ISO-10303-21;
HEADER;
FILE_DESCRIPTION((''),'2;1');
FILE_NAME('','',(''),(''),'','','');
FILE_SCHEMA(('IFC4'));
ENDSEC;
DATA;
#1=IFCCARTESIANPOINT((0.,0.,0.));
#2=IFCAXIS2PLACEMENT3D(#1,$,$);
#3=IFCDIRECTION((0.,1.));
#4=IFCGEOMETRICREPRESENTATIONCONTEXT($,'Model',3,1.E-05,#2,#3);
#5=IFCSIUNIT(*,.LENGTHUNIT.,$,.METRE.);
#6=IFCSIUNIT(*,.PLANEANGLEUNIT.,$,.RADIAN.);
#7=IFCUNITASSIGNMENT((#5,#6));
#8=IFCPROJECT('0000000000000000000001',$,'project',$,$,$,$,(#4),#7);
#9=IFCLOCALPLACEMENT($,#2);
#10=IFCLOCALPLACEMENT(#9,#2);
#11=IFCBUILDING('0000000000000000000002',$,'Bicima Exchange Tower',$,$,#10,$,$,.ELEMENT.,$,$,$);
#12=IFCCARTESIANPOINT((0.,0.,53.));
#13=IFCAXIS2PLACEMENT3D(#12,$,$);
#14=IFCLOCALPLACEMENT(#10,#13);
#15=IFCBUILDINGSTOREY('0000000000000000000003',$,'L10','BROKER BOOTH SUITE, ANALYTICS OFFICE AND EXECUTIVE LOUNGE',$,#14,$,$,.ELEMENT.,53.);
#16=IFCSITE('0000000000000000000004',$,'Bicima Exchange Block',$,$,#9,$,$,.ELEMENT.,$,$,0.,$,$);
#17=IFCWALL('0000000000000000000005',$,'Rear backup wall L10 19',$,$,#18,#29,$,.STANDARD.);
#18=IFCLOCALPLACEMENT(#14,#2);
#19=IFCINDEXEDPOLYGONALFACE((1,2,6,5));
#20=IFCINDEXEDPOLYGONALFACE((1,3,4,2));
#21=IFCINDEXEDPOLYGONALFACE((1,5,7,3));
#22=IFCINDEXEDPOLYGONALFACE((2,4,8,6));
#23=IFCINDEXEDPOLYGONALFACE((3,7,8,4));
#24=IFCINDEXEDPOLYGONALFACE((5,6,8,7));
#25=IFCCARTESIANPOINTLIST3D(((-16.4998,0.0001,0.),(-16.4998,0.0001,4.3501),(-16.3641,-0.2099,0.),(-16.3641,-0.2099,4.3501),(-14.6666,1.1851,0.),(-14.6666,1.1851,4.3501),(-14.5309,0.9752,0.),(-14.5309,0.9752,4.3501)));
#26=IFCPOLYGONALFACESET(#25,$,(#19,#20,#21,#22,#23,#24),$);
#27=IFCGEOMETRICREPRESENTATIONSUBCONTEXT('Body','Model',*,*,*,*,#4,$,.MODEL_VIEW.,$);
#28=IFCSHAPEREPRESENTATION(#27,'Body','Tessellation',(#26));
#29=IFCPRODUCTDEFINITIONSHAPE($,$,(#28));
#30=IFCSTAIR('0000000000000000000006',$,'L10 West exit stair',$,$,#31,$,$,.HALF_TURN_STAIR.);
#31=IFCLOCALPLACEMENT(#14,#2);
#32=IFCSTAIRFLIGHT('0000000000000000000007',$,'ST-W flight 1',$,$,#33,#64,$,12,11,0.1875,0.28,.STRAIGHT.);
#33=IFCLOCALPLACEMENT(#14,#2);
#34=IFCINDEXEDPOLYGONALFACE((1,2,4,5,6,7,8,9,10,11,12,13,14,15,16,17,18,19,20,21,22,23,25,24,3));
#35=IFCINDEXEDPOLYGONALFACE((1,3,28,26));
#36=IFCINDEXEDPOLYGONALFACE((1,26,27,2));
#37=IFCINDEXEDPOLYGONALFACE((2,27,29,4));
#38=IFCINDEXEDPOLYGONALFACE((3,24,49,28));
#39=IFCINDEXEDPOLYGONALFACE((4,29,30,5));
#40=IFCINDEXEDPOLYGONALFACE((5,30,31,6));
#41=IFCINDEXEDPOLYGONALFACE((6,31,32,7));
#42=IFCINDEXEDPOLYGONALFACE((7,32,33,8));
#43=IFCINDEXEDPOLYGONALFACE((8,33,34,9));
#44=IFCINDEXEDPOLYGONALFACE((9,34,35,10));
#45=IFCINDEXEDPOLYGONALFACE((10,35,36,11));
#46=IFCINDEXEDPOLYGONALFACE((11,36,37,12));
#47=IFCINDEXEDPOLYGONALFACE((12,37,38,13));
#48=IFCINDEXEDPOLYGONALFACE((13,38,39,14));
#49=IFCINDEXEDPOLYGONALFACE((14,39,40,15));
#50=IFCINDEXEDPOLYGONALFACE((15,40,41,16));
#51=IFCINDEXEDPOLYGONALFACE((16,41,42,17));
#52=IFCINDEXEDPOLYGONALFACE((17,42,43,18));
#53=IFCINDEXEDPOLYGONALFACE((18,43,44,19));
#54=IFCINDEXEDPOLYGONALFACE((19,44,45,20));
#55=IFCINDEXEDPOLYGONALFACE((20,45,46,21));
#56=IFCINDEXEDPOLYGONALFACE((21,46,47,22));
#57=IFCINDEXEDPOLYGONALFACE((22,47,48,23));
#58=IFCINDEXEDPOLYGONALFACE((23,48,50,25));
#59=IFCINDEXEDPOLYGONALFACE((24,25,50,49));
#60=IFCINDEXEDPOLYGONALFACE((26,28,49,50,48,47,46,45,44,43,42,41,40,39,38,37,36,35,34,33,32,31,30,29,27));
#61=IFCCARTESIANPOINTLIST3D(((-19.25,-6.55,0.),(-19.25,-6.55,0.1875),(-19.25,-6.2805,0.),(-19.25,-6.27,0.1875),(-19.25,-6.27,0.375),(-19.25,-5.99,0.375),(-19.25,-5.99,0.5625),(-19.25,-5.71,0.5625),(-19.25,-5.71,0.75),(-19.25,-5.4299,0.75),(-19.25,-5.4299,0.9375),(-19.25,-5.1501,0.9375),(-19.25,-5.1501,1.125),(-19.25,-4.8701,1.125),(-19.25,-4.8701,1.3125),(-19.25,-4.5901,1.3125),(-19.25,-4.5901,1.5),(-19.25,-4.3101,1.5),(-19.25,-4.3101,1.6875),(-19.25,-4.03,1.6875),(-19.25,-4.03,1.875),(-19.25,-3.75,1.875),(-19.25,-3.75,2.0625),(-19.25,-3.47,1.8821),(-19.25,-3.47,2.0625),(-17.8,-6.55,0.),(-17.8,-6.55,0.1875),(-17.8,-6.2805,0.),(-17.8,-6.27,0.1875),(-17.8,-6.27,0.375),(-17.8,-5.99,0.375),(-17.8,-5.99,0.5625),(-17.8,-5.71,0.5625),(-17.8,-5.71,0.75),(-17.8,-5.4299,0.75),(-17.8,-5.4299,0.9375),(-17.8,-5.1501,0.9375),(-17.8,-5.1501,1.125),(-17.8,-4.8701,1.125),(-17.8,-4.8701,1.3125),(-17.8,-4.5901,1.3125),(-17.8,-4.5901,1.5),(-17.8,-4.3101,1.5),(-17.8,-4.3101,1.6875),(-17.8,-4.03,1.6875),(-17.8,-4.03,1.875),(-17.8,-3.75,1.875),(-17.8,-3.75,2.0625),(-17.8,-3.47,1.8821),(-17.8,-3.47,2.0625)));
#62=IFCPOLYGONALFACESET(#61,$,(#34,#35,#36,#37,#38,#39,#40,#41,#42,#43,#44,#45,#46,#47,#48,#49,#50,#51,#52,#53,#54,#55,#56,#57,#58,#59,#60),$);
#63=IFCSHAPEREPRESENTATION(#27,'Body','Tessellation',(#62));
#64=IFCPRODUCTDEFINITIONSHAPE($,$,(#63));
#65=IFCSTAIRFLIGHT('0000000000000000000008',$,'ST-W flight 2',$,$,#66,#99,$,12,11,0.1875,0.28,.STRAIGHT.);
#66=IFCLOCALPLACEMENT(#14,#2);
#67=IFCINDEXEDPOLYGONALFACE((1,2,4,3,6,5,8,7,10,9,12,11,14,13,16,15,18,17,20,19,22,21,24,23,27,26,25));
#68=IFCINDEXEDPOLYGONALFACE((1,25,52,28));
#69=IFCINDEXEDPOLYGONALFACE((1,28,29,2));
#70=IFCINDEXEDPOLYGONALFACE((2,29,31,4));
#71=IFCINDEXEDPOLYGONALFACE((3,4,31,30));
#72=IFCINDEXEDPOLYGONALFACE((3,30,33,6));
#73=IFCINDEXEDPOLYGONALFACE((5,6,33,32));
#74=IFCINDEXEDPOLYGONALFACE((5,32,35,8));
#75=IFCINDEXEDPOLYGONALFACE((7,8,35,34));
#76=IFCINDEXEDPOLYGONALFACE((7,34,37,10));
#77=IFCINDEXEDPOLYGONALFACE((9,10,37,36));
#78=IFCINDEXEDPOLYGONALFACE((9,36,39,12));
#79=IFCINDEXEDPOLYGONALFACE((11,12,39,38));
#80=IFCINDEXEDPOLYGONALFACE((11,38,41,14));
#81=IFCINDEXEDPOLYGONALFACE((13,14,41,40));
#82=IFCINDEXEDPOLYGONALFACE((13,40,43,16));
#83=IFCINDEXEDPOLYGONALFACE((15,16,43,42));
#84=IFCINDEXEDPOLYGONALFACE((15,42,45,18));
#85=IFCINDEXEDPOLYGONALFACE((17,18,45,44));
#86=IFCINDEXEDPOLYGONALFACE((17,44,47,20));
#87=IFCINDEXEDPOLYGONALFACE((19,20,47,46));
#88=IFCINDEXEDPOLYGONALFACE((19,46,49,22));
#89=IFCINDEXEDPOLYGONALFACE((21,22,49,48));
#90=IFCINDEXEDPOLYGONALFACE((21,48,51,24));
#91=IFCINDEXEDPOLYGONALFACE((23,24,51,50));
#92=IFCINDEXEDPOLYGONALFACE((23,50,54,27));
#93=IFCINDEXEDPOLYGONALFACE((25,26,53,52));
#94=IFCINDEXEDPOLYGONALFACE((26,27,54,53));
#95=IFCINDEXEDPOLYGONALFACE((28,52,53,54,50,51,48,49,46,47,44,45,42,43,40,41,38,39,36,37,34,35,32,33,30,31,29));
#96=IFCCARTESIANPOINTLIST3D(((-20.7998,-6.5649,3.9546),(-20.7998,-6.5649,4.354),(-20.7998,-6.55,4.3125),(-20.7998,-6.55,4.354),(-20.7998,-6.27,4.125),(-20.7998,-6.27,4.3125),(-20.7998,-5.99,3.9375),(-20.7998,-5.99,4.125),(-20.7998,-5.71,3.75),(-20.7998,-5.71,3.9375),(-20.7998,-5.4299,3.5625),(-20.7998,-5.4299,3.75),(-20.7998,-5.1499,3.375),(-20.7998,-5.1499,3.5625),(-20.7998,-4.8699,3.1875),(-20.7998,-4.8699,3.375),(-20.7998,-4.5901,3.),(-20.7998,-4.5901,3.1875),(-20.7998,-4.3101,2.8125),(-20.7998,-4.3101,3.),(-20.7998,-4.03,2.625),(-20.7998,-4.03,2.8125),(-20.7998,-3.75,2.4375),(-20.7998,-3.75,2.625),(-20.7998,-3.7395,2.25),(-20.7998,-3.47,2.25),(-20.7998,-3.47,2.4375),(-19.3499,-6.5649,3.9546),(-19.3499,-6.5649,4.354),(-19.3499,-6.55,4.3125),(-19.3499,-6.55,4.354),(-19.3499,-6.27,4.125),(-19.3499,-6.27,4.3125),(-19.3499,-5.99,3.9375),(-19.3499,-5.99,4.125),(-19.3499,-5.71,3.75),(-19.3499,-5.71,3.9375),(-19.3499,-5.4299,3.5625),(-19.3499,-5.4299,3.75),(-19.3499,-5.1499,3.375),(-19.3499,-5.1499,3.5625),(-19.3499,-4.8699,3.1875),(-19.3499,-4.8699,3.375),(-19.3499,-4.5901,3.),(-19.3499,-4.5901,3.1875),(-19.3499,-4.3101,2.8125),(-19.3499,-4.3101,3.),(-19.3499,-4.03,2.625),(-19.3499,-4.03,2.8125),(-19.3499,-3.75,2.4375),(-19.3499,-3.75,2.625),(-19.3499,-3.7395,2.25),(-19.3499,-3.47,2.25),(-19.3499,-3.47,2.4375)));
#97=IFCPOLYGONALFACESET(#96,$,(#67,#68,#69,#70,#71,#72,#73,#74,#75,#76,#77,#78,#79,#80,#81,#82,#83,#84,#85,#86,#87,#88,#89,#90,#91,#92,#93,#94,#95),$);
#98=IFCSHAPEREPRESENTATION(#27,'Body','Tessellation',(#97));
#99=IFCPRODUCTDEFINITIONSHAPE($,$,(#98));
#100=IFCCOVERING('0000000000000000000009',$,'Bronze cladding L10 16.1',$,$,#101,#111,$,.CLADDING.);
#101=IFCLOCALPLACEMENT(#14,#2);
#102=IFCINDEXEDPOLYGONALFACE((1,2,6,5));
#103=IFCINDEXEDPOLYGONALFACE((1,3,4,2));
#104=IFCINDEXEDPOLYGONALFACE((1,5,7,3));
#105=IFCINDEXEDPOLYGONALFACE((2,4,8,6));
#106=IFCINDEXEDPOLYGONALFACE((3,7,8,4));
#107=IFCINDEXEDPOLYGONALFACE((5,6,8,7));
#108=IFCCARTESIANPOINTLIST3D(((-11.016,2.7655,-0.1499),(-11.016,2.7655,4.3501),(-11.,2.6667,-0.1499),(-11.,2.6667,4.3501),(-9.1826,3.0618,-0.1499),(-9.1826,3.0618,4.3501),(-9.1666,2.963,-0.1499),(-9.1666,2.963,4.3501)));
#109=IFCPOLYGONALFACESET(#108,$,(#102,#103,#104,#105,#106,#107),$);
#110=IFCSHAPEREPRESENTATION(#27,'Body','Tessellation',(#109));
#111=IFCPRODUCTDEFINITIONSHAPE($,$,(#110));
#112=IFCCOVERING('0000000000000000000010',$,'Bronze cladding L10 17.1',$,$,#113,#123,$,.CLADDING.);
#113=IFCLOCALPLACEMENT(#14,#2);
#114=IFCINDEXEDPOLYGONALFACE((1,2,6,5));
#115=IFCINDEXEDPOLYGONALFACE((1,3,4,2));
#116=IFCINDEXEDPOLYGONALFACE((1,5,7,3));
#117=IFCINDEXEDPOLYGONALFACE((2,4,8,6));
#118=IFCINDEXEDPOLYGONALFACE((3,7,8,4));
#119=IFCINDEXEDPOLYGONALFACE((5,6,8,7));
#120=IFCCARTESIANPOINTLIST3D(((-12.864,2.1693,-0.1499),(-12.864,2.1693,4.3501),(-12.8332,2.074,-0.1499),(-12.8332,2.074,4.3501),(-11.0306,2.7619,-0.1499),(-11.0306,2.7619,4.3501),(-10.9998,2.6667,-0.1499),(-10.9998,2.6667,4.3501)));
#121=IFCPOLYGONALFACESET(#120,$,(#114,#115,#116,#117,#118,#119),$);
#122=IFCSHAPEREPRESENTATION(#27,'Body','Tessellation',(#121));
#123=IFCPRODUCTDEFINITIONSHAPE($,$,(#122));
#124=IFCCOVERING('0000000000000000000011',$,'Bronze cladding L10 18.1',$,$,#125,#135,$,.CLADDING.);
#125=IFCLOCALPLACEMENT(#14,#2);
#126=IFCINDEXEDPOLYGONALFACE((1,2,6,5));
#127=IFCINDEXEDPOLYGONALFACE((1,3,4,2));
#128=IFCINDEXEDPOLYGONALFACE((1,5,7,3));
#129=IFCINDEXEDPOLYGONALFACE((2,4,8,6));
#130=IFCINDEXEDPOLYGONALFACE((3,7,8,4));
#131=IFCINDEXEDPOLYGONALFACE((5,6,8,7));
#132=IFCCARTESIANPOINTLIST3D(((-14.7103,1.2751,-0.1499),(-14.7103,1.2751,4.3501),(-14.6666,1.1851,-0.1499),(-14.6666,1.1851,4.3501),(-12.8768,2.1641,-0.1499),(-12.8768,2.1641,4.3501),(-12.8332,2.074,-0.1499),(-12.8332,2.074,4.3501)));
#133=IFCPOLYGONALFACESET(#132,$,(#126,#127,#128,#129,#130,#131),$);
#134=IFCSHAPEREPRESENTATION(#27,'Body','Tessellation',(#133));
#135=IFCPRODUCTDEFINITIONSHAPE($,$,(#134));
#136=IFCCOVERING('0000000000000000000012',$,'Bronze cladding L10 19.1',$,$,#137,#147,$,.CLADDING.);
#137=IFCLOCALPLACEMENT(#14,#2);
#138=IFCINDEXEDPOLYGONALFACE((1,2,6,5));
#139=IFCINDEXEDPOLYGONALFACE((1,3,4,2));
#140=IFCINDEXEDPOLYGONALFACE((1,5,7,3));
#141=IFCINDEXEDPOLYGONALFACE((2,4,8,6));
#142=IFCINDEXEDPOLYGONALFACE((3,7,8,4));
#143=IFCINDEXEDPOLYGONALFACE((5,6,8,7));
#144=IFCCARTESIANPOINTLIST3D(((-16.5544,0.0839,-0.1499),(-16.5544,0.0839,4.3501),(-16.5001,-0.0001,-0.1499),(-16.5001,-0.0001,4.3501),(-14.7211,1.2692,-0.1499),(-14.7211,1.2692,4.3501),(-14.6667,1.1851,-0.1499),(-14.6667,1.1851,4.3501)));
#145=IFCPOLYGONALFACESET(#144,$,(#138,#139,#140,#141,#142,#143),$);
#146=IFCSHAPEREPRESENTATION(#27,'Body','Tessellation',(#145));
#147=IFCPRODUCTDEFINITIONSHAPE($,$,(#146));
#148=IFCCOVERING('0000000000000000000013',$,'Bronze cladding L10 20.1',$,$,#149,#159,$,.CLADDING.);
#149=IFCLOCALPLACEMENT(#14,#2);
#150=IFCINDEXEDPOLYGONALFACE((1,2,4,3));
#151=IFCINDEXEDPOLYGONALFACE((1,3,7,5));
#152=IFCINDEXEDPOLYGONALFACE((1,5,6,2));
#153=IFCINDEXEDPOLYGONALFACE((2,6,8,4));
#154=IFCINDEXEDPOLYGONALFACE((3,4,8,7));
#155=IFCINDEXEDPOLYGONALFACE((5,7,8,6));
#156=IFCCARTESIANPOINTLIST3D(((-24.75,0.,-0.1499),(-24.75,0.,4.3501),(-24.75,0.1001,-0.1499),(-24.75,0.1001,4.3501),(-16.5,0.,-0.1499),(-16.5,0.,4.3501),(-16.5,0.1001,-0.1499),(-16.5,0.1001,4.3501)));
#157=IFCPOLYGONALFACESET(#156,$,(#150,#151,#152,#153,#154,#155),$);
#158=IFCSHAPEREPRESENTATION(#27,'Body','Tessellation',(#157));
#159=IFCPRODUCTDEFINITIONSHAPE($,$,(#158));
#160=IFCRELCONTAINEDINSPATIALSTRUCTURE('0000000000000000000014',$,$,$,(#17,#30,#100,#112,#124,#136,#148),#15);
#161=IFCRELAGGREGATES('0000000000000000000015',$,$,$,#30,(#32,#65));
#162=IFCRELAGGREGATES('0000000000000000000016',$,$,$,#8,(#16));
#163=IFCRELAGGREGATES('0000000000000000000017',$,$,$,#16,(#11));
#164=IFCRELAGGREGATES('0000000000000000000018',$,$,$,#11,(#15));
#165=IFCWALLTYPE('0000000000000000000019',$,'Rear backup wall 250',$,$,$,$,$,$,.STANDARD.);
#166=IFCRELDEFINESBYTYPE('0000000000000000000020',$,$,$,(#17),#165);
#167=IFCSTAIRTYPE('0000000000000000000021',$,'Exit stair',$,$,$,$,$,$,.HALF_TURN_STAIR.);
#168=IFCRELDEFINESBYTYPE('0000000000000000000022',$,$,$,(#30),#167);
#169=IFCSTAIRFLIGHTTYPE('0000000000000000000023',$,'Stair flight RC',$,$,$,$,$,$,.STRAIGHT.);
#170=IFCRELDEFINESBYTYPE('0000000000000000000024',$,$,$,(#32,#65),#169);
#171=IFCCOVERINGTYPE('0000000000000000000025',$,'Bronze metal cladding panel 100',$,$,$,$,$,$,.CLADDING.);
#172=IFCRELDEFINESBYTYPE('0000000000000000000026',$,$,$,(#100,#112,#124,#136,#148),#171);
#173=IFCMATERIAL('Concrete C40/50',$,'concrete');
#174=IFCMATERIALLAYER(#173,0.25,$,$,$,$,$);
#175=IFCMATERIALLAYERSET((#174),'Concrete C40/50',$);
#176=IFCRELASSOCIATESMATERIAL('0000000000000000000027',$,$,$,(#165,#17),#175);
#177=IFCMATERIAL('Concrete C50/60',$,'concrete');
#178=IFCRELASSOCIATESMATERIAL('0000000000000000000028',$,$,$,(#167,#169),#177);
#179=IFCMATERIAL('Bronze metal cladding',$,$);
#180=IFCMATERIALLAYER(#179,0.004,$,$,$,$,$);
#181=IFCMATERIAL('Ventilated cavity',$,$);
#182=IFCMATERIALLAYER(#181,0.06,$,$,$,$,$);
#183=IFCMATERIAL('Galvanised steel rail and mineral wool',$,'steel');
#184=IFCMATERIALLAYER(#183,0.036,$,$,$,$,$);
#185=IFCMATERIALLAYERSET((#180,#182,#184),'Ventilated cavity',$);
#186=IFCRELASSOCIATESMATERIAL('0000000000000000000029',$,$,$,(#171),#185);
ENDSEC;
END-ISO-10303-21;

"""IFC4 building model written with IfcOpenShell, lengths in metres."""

from ifc_helpers import new_model, si_unit, direction, frame, frame_2d, origin, origin_2d, place, context, subcontext, project, spatial, polyline, rectangle, outline, extrude, material, layer, layer_set, layer_usage, type_object, element, aggregate, save


model = new_model("IFC4")

# Units and contexts
model_context = context("Model", 3, precision=1e-05, world=origin(), true_north=direction((0.0, 1.0)))
body_context = subcontext(model_context, "Body", "Model", "MODEL_VIEW")
ifc_project = project(units=[si_unit("LENGTHUNIT", "METRE"), si_unit("PLANEANGLEUNIT", "RADIAN")], contexts=[model_context])

# Site, building, storey
site_placement = place(None, origin())
site = spatial("IfcSite", under=ifc_project, at=site_placement, Name="Bicima Exchange Block", CompositionType="ELEMENT", RefElevation=0.0)
building_placement = place(site_placement, origin())
building = spatial("IfcBuilding", under=site, at=building_placement, Name="Bicima Exchange Tower", CompositionType="ELEMENT")
storey_placement = place(building_placement, frame((0.0, 0.0, 53.0)))
storey = spatial("IfcBuildingStorey", under=building, at=storey_placement, Name="L10", Description="BROKER BOOTH SUITE, ANALYTICS OFFICE AND EXECUTIVE LOUNGE", CompositionType="ELEMENT", Elevation=53.0)

# Shared definitions
ifc_material_1 = material(Name="Concrete C50/60", Category="concrete")

# Wall
ifc_material_2 = material(Name="Concrete C40/50", Category="concrete")
ifc_layer_1 = layer(ifc_material_2, 0.25)
ifc_layer_set_1 = layer_set([ifc_layer_1], Name="Concrete C40/50")
ifc_layer_usage = layer_usage(ifc_layer_set_1, "AXIS2", "POSITIVE", -0.125)
wall_type_1 = type_object("IfcWallType", Name="Rear backup wall 250", PredefinedType="STANDARD", material=ifc_layer_set_1)
wall_1_placement = place(storey_placement, frame((-14.5989, 1.0801, 0.0), z_axis=(0.0, 0.0, 1.0), x_axis=(-0.839813, -0.542876, 0.0)))
element("IfcWall", 1, at=wall_1_placement, inside=storey, type_object=wall_type_1, material=ifc_layer_usage, Name="Rear backup wall L10 19", PredefinedType="STANDARD", context=body_context, shape_type="SweptSolid", body=[
    extrude(rectangle(XDim=2.1829, YDim=0.25, at=frame_2d((1.0913, 0.0))), origin(), (0.0, 0.0, 1.0), 4.3501),
])

# Stair, stair flights
stair_type = type_object("IfcStairType", Name="Exit stair", PredefinedType="HALF_TURN_STAIR", material=ifc_material_1)
stair_placement = place(storey_placement, origin())
stair = element("IfcStair", 2, at=stair_placement, inside=storey, type_object=stair_type, Name="L10 West exit stair", PredefinedType="HALF_TURN_STAIR")
stair_flight_type = type_object("IfcStairFlightType", Name="Stair flight RC", PredefinedType="STRAIGHT", material=ifc_material_1)
stair_flight_1_placement = place(storey_placement, frame((-18.5249, -6.55, 0.0), z_axis=(0.0, 0.0, 1.0), x_axis=(0.0, 1.0, 0.0)))
stair_flight_1 = element("IfcStairFlight", 3, at=stair_flight_1_placement, type_object=stair_flight_type, Name="ST-W flight 1", NumberOfRisers=12, NumberOfTreads=11, PredefinedType="STRAIGHT", RiserHeight=0.1875, TreadLength=0.28, context=body_context, shape_type="SweptSolid", body=[
    extrude(outline(polyline([(0.0, 0.0), (0.0, 0.1875), (0.28, 0.1875), (0.28, 0.375), (0.5601, 0.375), (0.5601, 0.5625), (0.8401, 0.5625), (0.8401, 0.75), (1.1201, 0.75), (1.1201, 0.9375), (1.3999, 0.9375), (1.3999, 1.125), (1.6799, 1.125), (1.6799, 1.3125), (1.96, 1.3125), (1.96, 1.5), (2.24, 1.5), (2.24, 1.6875), (2.52, 1.6875), (2.52, 1.875), (2.8, 1.875), (2.8, 2.0625), (3.0801, 2.0625), (3.0801, 2.25), (3.0801, 1.8821), (0.2695, 0.0), (0.0, 0.0)])), frame((0.0, 0.7251, 0.0), z_axis=(0.0, -1.0, 0.0), x_axis=(1.0, 0.0, 0.0)), (0.0, 0.0, 1.0), 1.45),
])
stair_flight_2_placement = place(storey_placement, frame((-20.075, -3.47, 2.25), z_axis=(0.0, 0.0, 1.0), x_axis=(0.0, -1.0, 0.0)))
stair_flight_2 = element("IfcStairFlight", 4, at=stair_flight_2_placement, type_object=stair_flight_type, Name="ST-W flight 2", NumberOfRisers=12, NumberOfTreads=11, PredefinedType="STRAIGHT", RiserHeight=0.1875, TreadLength=0.28, context=body_context, shape_type="SweptSolid", body=[
    extrude(outline(polyline([(0.0, 0.0), (0.0, 0.1875), (0.28, 0.1875), (0.28, 0.375), (0.5601, 0.375), (0.5601, 0.5625), (0.8401, 0.5625), (0.8401, 0.75), (1.1201, 0.75), (1.1201, 0.9375), (1.3999, 0.9375), (1.3999, 1.125), (1.6799, 1.125), (1.6799, 1.3125), (1.96, 1.3125), (1.96, 1.5), (2.24, 1.5), (2.24, 1.6875), (2.52, 1.6875), (2.52, 1.875), (2.8, 1.875), (2.8, 2.0625), (3.0801, 2.0625), (3.0801, 2.104), (3.095, 2.104), (3.095, 1.7046), (0.2695, 0.0), (0.0, 0.0)])), frame((0.0, 0.7251, 0.0), z_axis=(0.0, -1.0, 0.0), x_axis=(1.0, 0.0, 0.0)), (0.0, 0.0, 1.0), 1.45),
])
aggregate(stair, [stair_flight_1, stair_flight_2])

# Coverings
ifc_material_3 = material(Name="Bronze metal cladding")
ifc_layer_2 = layer(ifc_material_3, 0.004)
ifc_material_4 = material(Name="Ventilated cavity")
ifc_layer_3 = layer(ifc_material_4, 0.06)
ifc_material_5 = material(Name="Galvanised steel rail and mineral wool", Category="steel")
ifc_layer_4 = layer(ifc_material_5, 0.036)
ifc_layer_set_2 = layer_set([ifc_layer_2, ifc_layer_3, ifc_layer_4], Name="Ventilated cavity")
covering_type = type_object("IfcCoveringType", Name="Bronze metal cladding panel 100", PredefinedType="CLADDING", material=ifc_layer_set_2)
covering_1_placement = place(storey_placement, frame((-10.0913, 2.8643, -0.1499), z_axis=(0.0, 0.0, 1.0), x_axis=(-0.98719, -0.15955, 0.0)))
element("IfcCovering", 5, at=covering_1_placement, inside=storey, type_object=covering_type, Name="Bronze cladding L10 16.1", PredefinedType="CLADDING", context=body_context, shape_type="SweptSolid", body=[
    extrude(rectangle(XDim=1.8572, YDim=0.1001, at=origin_2d()), origin(), (0.0, 0.0, 1.0), 4.5),
])
covering_2_placement = place(storey_placement, frame((-11.9319, 2.418, -0.1499), z_axis=(0.0, 0.0, 1.0), x_axis=(-0.951525, -0.307573, 0.0)))
element("IfcCovering", 6, at=covering_2_placement, inside=storey, type_object=covering_type, Name="Bronze cladding L10 17.1", PredefinedType="CLADDING", context=body_context, shape_type="SweptSolid", body=[
    extrude(rectangle(XDim=1.9268, YDim=0.1001, at=origin_2d()), origin(), (0.0, 0.0, 1.0), 4.5),
])
covering_3_placement = place(storey_placement, frame((-13.7717, 1.6746, -0.1499), z_axis=(0.0, 0.0, 1.0), x_axis=(-0.899818, -0.436265, 0.0)))
element("IfcCovering", 7, at=covering_3_placement, inside=storey, type_object=covering_type, Name="Bronze cladding L10 18.1", PredefinedType="CLADDING", context=body_context, shape_type="SweptSolid", body=[
    extrude(rectangle(XDim=2.0376, YDim=0.1001, at=origin_2d()), origin(), (0.0, 0.0, 1.0), 4.5),
])
covering_4_placement = place(storey_placement, frame((-15.6106, 0.6345, -0.1499), z_axis=(0.0, 0.0, 1.0), x_axis=(-0.83979, -0.542911, 0.0)))
element("IfcCovering", 8, at=covering_4_placement, inside=storey, type_object=covering_type, Name="Bronze cladding L10 19.1", PredefinedType="CLADDING", context=body_context, shape_type="SweptSolid", body=[
    extrude(rectangle(XDim=2.1831, YDim=0.1001, at=origin_2d()), origin(), (0.0, 0.0, 1.0), 4.5),
])
covering_5_placement = place(storey_placement, frame((-20.625, 0.05, -0.1499), z_axis=(0.0, 0.0, 1.0), x_axis=(-1.0, 0.0, 0.0)))
element("IfcCovering", 9, at=covering_5_placement, inside=storey, type_object=covering_type, Name="Bronze cladding L10 20.1", PredefinedType="CLADDING", context=body_context, shape_type="SweptSolid", body=[
    extrude(rectangle(XDim=8.25, YDim=0.1001, at=origin_2d()), origin(), (0.0, 0.0, 1.0), 4.5),
])

save(model, "model.ifc")
